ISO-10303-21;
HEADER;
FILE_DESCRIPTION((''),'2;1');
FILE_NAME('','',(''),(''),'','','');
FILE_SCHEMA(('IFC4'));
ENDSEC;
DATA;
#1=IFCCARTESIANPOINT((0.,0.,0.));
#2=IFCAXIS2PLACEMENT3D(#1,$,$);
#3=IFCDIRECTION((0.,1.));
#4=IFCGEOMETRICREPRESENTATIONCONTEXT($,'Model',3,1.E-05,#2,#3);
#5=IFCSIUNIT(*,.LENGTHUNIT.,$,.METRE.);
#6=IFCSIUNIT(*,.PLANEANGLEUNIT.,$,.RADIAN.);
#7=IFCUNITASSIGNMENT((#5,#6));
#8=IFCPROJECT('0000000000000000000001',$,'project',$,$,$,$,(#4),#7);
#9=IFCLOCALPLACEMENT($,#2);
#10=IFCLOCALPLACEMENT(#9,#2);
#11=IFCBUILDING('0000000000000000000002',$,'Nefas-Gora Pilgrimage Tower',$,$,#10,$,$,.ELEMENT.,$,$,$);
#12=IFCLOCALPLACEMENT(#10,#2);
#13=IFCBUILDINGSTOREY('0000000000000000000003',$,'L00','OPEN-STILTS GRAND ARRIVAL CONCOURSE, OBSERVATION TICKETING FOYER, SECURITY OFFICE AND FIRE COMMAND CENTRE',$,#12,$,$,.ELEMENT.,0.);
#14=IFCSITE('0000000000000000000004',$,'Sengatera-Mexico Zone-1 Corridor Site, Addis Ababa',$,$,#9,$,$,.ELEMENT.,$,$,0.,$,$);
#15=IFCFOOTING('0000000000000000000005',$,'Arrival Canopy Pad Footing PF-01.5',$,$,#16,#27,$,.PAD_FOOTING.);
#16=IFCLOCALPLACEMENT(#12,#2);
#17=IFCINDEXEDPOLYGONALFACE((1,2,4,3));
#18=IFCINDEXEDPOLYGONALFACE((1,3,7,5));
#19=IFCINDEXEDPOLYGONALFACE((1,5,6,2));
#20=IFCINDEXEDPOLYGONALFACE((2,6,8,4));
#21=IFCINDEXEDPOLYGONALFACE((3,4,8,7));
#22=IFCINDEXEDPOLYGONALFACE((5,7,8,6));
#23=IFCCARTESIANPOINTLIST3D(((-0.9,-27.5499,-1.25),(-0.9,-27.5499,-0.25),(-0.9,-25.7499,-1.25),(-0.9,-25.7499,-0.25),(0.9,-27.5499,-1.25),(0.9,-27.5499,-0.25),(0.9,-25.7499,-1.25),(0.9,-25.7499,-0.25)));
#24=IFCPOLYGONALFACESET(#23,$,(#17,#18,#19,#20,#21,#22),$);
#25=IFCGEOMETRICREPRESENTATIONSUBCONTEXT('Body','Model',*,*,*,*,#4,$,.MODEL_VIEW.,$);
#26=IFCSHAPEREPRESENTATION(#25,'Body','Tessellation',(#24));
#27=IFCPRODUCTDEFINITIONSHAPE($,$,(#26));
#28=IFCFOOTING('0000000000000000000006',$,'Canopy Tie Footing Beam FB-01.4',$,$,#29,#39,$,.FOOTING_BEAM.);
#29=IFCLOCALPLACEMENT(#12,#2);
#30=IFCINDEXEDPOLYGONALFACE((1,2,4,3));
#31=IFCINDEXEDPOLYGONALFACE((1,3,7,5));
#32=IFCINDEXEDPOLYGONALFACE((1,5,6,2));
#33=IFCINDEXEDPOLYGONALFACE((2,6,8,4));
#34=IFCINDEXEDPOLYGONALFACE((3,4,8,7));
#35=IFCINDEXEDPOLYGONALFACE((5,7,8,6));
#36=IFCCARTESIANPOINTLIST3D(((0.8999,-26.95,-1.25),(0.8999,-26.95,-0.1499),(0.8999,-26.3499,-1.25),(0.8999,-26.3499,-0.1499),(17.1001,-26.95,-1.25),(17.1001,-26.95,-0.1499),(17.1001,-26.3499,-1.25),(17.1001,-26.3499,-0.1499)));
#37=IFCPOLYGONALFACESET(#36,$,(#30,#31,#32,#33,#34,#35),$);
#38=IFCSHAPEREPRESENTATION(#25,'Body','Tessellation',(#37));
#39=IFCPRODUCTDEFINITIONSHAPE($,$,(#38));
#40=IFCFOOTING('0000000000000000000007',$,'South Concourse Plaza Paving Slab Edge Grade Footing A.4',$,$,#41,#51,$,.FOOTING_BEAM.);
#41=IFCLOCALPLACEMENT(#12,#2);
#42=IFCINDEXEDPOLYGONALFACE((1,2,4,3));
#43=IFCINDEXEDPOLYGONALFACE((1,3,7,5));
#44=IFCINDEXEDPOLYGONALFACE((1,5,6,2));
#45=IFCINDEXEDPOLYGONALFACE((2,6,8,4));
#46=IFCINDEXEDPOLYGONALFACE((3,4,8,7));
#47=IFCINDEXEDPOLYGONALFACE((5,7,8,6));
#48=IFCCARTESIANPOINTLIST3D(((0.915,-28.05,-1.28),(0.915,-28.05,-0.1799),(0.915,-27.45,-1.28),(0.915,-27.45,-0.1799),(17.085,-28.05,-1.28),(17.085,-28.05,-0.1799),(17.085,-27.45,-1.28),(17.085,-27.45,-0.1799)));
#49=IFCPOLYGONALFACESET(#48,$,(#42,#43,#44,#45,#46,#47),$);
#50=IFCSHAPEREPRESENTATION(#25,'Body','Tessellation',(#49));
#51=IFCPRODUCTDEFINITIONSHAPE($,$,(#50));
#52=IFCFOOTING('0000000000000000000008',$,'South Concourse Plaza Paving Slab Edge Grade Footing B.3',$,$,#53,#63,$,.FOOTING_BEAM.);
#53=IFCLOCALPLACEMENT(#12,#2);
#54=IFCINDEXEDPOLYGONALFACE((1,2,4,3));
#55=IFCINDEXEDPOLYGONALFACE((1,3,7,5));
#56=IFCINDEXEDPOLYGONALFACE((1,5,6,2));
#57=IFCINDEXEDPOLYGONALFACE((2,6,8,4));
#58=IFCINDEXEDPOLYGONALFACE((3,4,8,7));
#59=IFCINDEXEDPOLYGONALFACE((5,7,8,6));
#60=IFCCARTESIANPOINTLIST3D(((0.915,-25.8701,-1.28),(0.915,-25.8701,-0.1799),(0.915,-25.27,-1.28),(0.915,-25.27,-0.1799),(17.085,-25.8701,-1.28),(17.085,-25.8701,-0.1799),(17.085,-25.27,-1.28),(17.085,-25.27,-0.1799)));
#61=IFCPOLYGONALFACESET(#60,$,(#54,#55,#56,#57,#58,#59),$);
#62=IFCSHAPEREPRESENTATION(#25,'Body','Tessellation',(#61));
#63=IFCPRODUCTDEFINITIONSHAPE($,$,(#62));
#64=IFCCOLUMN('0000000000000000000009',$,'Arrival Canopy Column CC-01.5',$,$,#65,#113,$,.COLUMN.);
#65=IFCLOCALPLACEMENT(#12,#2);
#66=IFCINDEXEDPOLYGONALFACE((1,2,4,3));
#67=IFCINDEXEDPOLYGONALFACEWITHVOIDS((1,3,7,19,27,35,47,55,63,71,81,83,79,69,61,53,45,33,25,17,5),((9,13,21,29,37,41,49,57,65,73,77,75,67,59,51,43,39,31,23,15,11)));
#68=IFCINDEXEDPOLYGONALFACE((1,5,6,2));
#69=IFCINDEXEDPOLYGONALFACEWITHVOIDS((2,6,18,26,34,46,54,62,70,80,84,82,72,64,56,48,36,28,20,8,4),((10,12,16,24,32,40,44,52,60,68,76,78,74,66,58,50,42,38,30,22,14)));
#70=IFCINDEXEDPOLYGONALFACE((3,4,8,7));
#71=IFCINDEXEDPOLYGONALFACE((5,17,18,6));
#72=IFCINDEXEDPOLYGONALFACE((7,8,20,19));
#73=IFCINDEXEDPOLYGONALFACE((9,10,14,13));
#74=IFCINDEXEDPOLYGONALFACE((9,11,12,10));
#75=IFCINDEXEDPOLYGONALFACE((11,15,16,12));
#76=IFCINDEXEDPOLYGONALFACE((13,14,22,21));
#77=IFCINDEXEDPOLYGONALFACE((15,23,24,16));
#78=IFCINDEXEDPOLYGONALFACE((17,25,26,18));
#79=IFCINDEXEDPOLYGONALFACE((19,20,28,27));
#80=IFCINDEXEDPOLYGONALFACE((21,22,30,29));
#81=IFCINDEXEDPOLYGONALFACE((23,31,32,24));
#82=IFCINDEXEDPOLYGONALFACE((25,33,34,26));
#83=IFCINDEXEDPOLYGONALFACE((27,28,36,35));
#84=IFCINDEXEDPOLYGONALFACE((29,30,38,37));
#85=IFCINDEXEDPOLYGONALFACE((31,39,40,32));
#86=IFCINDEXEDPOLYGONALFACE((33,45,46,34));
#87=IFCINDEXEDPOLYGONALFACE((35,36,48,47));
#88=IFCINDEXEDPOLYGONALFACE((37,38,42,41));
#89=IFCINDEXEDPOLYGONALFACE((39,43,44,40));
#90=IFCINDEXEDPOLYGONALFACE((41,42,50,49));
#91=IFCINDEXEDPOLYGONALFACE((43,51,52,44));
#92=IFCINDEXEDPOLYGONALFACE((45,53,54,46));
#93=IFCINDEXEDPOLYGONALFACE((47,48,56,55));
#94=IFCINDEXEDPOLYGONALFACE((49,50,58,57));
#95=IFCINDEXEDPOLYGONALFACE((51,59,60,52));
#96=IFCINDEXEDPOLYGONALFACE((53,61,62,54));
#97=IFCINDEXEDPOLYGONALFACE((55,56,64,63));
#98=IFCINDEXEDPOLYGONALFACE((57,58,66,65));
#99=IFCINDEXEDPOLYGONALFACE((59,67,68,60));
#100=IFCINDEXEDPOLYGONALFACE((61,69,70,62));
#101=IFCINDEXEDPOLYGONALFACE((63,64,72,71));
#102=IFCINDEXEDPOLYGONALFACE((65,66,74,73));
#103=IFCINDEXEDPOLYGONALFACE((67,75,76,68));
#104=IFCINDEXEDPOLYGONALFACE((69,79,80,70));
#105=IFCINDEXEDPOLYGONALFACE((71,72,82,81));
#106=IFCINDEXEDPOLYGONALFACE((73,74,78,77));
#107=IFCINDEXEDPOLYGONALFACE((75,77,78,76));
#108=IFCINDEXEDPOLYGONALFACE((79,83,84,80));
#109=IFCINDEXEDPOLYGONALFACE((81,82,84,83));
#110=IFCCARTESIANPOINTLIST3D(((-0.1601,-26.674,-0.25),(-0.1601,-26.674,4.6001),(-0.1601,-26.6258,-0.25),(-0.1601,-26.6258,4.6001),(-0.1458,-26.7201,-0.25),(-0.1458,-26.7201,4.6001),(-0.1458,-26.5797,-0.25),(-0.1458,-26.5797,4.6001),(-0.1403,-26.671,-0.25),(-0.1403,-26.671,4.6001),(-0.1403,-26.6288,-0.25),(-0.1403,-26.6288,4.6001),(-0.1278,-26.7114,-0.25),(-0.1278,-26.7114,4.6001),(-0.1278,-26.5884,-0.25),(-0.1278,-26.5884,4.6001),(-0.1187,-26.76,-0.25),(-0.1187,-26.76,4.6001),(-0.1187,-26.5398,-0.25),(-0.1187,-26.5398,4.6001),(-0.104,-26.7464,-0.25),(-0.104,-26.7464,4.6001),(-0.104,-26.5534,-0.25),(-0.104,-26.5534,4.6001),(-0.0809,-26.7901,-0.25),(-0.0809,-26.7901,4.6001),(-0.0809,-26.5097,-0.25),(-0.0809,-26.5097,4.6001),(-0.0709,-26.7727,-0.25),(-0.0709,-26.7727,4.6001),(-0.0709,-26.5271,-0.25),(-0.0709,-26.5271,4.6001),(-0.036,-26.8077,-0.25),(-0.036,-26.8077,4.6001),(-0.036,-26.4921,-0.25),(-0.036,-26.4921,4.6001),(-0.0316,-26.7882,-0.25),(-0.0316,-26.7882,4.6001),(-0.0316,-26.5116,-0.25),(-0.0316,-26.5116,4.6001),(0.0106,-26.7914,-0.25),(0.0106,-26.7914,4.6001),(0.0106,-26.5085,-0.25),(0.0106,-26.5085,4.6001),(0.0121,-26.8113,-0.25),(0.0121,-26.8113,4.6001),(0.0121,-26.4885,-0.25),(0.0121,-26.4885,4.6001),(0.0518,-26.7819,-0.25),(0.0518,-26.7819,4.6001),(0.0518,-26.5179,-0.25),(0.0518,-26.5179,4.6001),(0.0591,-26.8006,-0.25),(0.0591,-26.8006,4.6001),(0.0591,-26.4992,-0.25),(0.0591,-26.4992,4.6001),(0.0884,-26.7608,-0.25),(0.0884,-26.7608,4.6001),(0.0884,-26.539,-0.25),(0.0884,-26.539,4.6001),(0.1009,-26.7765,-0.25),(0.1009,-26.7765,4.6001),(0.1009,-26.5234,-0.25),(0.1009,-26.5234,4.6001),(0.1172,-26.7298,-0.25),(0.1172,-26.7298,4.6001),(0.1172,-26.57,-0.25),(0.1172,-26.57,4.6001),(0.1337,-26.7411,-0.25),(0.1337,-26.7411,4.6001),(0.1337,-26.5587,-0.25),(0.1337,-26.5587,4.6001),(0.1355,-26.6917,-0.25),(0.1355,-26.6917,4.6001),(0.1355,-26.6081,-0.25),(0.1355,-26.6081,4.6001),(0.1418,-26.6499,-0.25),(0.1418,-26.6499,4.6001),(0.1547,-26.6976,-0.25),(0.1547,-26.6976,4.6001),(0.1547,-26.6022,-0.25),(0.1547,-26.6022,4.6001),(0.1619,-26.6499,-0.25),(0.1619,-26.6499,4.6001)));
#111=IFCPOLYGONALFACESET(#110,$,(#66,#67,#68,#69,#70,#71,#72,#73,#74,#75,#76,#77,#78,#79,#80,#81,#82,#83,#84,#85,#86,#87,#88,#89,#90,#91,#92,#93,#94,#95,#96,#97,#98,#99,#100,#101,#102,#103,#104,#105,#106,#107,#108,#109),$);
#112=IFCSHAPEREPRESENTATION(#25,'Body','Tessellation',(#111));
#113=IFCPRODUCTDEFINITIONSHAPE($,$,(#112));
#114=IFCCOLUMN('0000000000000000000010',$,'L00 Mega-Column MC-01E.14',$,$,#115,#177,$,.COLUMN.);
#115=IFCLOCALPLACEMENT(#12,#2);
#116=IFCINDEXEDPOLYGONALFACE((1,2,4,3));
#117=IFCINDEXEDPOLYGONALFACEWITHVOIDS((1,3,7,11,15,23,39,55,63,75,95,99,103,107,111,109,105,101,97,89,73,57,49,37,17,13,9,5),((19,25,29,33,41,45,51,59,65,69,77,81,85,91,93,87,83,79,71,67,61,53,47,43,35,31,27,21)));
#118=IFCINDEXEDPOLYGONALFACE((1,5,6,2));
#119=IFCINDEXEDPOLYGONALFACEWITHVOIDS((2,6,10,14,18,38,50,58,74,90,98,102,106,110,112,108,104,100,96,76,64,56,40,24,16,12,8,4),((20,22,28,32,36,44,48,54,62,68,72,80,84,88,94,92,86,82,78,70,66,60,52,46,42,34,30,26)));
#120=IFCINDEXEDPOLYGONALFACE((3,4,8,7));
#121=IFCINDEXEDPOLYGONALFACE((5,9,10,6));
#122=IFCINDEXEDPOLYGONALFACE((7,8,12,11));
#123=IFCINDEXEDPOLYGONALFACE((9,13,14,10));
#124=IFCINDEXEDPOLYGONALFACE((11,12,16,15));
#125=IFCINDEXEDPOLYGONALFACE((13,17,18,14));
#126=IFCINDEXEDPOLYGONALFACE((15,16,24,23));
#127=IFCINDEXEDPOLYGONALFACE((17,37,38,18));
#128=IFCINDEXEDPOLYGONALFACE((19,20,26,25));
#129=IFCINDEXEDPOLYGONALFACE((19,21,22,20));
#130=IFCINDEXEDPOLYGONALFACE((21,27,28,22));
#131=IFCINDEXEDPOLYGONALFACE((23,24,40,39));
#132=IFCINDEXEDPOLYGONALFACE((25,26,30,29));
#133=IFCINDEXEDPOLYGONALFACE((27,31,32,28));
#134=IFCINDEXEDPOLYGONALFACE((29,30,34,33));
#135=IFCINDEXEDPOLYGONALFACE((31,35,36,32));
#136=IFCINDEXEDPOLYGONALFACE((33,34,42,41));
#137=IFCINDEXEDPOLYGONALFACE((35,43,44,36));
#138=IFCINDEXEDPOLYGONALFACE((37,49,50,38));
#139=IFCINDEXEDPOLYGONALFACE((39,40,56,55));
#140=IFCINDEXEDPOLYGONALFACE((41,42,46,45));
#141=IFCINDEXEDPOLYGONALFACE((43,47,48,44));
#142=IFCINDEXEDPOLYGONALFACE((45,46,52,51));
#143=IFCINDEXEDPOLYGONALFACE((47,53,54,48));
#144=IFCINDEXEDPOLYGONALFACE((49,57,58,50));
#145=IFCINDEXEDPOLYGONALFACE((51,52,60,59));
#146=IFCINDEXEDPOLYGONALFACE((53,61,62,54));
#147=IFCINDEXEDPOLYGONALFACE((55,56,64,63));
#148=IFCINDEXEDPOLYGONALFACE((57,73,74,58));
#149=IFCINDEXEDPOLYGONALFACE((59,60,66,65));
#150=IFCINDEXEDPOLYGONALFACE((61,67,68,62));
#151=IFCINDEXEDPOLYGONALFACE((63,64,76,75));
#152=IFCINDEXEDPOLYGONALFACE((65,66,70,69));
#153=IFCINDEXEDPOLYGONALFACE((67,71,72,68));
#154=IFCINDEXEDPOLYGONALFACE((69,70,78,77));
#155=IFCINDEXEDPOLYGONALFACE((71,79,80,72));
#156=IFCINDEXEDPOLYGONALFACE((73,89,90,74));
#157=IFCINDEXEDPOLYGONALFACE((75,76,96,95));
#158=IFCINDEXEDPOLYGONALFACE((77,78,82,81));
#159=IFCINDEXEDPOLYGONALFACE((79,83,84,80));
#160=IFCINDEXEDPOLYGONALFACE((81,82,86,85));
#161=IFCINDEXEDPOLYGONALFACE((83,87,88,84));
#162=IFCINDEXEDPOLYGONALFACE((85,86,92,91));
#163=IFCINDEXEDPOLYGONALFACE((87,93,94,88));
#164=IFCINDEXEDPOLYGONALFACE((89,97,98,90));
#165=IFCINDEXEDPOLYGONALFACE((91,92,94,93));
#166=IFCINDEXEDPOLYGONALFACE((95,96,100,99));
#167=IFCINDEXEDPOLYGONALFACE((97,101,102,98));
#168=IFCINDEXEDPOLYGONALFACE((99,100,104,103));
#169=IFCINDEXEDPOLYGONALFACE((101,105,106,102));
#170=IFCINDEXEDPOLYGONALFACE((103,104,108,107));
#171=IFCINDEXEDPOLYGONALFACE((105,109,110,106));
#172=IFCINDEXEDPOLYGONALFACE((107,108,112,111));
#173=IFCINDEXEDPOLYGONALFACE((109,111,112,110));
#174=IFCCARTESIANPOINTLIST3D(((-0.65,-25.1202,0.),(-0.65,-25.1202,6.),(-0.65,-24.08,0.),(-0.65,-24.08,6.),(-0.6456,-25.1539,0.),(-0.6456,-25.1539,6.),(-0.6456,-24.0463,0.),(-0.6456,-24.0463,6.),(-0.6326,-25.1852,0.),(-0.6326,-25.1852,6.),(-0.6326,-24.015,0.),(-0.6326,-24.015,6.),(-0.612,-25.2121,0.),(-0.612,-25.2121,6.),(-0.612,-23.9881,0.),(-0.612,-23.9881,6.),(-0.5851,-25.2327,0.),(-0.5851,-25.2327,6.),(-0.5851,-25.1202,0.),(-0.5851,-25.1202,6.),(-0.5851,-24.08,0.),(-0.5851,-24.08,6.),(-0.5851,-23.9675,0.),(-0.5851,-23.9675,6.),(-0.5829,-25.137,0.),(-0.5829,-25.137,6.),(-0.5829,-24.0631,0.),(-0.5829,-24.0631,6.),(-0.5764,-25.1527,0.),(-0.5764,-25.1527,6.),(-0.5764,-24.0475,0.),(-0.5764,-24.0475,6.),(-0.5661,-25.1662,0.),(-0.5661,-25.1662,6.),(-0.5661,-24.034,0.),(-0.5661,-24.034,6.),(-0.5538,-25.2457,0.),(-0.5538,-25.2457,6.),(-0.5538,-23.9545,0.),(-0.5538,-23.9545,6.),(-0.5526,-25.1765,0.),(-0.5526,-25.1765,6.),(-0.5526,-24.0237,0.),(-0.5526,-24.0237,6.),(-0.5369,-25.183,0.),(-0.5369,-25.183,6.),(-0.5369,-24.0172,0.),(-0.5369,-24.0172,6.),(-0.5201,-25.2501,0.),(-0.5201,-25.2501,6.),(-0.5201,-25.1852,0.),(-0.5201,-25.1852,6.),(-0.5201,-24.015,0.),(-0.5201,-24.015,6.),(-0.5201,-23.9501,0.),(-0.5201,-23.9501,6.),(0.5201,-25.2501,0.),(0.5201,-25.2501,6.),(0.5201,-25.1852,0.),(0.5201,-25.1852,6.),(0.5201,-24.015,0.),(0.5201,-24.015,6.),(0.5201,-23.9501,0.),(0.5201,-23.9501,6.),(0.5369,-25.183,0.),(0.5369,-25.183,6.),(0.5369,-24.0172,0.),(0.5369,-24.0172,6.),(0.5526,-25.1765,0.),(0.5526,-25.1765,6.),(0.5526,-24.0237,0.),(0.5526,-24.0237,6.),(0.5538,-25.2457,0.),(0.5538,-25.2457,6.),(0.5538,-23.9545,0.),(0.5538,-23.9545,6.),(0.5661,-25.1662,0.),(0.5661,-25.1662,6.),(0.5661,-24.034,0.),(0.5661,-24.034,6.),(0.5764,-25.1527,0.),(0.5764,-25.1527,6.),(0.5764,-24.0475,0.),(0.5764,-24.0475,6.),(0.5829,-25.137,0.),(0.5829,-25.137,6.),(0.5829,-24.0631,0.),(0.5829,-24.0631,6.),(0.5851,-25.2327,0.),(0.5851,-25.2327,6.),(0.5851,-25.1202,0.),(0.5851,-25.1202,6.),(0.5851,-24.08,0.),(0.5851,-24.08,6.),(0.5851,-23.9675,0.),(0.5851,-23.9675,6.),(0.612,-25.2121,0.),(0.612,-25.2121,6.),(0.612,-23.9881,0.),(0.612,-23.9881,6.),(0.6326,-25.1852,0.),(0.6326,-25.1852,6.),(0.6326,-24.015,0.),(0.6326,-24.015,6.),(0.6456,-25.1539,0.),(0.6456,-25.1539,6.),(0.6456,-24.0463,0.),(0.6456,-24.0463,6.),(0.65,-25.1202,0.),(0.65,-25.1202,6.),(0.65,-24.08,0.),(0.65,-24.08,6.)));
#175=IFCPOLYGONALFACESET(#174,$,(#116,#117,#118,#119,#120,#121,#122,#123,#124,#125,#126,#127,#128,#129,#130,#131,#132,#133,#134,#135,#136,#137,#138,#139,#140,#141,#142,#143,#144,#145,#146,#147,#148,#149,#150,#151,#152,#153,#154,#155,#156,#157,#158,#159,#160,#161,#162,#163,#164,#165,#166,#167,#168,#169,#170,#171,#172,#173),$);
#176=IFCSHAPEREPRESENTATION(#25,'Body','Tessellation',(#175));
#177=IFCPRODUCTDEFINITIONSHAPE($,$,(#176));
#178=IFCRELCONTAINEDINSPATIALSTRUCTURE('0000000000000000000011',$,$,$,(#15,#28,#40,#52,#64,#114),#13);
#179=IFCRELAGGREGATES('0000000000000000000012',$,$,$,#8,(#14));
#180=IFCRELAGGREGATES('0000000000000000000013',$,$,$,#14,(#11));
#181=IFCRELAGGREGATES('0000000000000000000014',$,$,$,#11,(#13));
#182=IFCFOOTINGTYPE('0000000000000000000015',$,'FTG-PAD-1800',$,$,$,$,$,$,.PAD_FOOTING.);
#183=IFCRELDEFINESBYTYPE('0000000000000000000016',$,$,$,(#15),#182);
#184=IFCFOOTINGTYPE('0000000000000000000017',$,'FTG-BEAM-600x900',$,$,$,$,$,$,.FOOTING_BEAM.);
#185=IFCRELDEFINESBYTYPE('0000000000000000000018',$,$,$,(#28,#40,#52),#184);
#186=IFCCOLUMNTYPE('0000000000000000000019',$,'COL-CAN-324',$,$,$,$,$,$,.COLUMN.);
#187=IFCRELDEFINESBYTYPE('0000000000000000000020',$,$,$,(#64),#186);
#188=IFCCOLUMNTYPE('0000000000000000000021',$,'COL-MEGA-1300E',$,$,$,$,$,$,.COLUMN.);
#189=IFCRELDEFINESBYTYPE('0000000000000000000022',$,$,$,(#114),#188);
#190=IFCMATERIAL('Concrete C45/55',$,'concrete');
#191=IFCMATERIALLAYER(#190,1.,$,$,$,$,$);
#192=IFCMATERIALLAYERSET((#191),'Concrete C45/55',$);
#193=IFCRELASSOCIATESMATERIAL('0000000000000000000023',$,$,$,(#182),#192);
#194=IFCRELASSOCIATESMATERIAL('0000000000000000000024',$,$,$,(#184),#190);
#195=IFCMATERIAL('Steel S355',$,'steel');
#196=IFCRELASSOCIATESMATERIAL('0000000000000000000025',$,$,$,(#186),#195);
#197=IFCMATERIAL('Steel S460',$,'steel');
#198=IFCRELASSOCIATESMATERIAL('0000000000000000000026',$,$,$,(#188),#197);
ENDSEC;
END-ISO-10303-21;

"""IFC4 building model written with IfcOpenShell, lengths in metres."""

from ifc_helpers import new_model, si_unit, direction, frame, origin, origin_2d, place, context, subcontext, project, spatial, rectangle, hollow_rectangle, hollow_circle, extrude, source, transform, mapped, material, layer, layer_set, material_profile, profile_set, type_object, element, save


model = new_model("IFC4")

# Units and contexts
model_context = context("Model", 3, precision=1e-05, world=origin(), true_north=direction((0.0, 1.0)))
body_context = subcontext(model_context, "Body", "Model", "MODEL_VIEW")
ifc_project = project(units=[si_unit("LENGTHUNIT", "METRE"), si_unit("PLANEANGLEUNIT", "RADIAN")], contexts=[model_context])

# Site, building, storey
site_placement = place(None, origin())
site = spatial("IfcSite", under=ifc_project, at=site_placement, Name="Sengatera-Mexico Zone-1 Corridor Site, Addis Ababa", CompositionType="ELEMENT", RefElevation=0.0)
building_placement = place(site_placement, origin())
building = spatial("IfcBuilding", under=site, at=building_placement, Name="Nefas-Gora Pilgrimage Tower", CompositionType="ELEMENT")
storey_placement = place(building_placement, origin())
storey = spatial("IfcBuildingStorey", under=building, at=storey_placement, Name="L00", Description="OPEN-STILTS GRAND ARRIVAL CONCOURSE, OBSERVATION TICKETING FOYER, SECURITY OFFICE AND FIRE COMMAND CENTRE", CompositionType="ELEMENT", Elevation=0.0)

# Footings
ifc_material_1 = material(Name="Concrete C45/55", Category="concrete")
ifc_layer_1 = layer(ifc_material_1, 1.0)
ifc_layer_set_1 = layer_set([ifc_layer_1], Name="Concrete C45/55")
footing_type_1 = type_object("IfcFootingType", Name="FTG-PAD-1800", PredefinedType="PAD_FOOTING", material=ifc_layer_set_1)
shared_shape_1 = source(origin(), body_context, "Body", "SweptSolid", [
    extrude(rectangle(XDim=1.8, YDim=1.8, at=origin_2d()), origin(), (0.0, 0.0, 1.0), 1.0),
])
footing_1_placement = place(storey_placement, frame((0.0, -26.6499, -1.25), z_axis=(0.0, 0.0, 1.0), x_axis=(1.0, 0.0, 0.0)))
element("IfcFooting", 1, at=footing_1_placement, inside=storey, type_object=footing_type_1, Name="Arrival Canopy Pad Footing PF-01.5", PredefinedType="PAD_FOOTING", context=body_context, shape_type="MappedRepresentation", body=[
    mapped(shared_shape_1, transform((0.0, 0.0, 0.0), x_axis=(1.0, 0.0, 0.0), y_axis=(0.0, 1.0, 0.0), z_axis=(0.0, 0.0, 1.0), scale=1.0)),
])
ifc_material_profile_1 = material_profile(ifc_material_1, rectangle(XDim=0.6001, YDim=1.1001, at=origin_2d()), Name="RC 600x1100")
ifc_profile_set_1 = profile_set([ifc_material_profile_1], Name="Concrete C45/55")
footing_type_2 = type_object("IfcFootingType", Name="FTG-BEAM-600x900", PredefinedType="FOOTING_BEAM", material=ifc_profile_set_1)
shared_shape_2 = source(origin(), body_context, "Body", "SweptSolid", [
    extrude(rectangle(XDim=0.6001, YDim=1.1001, at=origin_2d()), origin(), (0.0, 0.0, 1.0), 16.2002),
])
footing_2_placement = place(storey_placement, frame((0.8999, -26.6499, -0.7), z_axis=(1.0, 0.0, 0.0), x_axis=(0.0, 1.0, 0.0)))
element("IfcFooting", 2, at=footing_2_placement, inside=storey, type_object=footing_type_2, Name="Canopy Tie Footing Beam FB-01.4", PredefinedType="FOOTING_BEAM", context=body_context, shape_type="MappedRepresentation", body=[
    mapped(shared_shape_2, transform((0.0, 0.0, 0.0), x_axis=(1.0, 0.0, 0.0), y_axis=(0.0, 1.0, 0.0), z_axis=(0.0, 0.0, 1.0), scale=1.0)),
])
shared_shape_3 = source(origin(), body_context, "Body", "SweptSolid", [
    extrude(rectangle(XDim=0.6001, YDim=1.1001, at=origin_2d()), origin(), (0.0, 0.0, 1.0), 16.1699),
])
for number, where, z_axis, x_axis, name in (
    (3, (0.915, -27.75, -0.73), (1.0, 0.0, 0.0), (0.0, 1.0, 0.0), "South Concourse Plaza Paving Slab Edge Grade Footing A.4"),
    (4, (0.915, -25.5701, -0.73), (1.0, 0.0, 0.0), (0.0, 1.0, 0.0), "South Concourse Plaza Paving Slab Edge Grade Footing B.3"),
):
    element("IfcFooting", number, at=place(storey_placement, frame(where, z_axis=z_axis, x_axis=x_axis)), inside=storey, type_object=footing_type_2, Name=name, PredefinedType="FOOTING_BEAM", context=body_context, shape_type="MappedRepresentation", body=[
        mapped(shared_shape_3, transform((0.0, 0.0, 0.0), x_axis=(1.0, 0.0, 0.0), y_axis=(0.0, 1.0, 0.0), z_axis=(0.0, 0.0, 1.0), scale=1.0)),
    ])

# Columns
ifc_material_2 = material(Name="Steel S355", Category="steel")
ifc_material_profile_2 = material_profile(ifc_material_2, hollow_circle(Radius=0.1619, WallThickness=0.02, at=origin_2d()), Name="CHS 323.9x20")
ifc_profile_set_2 = profile_set([ifc_material_profile_2], Name="Steel S355")
column_type_1 = type_object("IfcColumnType", Name="COL-CAN-324", PredefinedType="COLUMN", material=ifc_profile_set_2)
shared_shape_4 = source(origin(), body_context, "Body", "SweptSolid", [
    extrude(hollow_circle(Radius=0.1619, WallThickness=0.02, at=origin_2d()), origin(), (0.0, 0.0, 1.0), 4.8501),
])
column_placement = place(storey_placement, frame((0.0, -26.6499, -0.25), z_axis=(0.0, 0.0, 1.0), x_axis=(1.0, 0.0, 0.0)))
element("IfcColumn", 5, at=column_placement, inside=storey, type_object=column_type_1, Name="Arrival Canopy Column CC-01.5", PredefinedType="COLUMN", context=body_context, shape_type="MappedRepresentation", body=[
    mapped(shared_shape_4, transform((0.0, 0.0, 0.0), x_axis=(1.0, 0.0, 0.0), y_axis=(0.0, 1.0, 0.0), z_axis=(0.0, 0.0, 1.0), scale=1.0)),
])
ifc_material_3 = material(Name="Steel S460", Category="steel")
ifc_material_profile_3 = material_profile(ifc_material_3, hollow_rectangle(XDim=1.3, YDim=1.3, WallThickness=0.0649, InnerFilletRadius=0.0649, OuterFilletRadius=0.1299, at=origin_2d()), Name="BOX 1300x1300x65")
ifc_profile_set_3 = profile_set([ifc_material_profile_3], Name="Steel S460")
column_type_2 = type_object("IfcColumnType", Name="COL-MEGA-1300E", PredefinedType="COLUMN", material=ifc_profile_set_3)
shared_shape_5 = source(origin(), body_context, "Body", "SweptSolid", [
    extrude(hollow_rectangle(XDim=1.3, YDim=1.3, WallThickness=0.0649, InnerFilletRadius=0.0649, OuterFilletRadius=0.1299, at=origin_2d()), origin(), (0.0, 0.0, 1.0), 6.0),
])
for number, where, z_axis, x_axis, name in (
    (6, (0.0, -24.6001, 0.0), (0.0, 0.0, 1.0), (1.0, 0.0, 0.0), "L00 Mega-Column MC-01E.14"),
):
    element("IfcColumn", number, at=place(storey_placement, frame(where, z_axis=z_axis, x_axis=x_axis)), inside=storey, type_object=column_type_2, Name=name, PredefinedType="COLUMN", context=body_context, shape_type="MappedRepresentation", body=[
        mapped(shared_shape_5, transform((0.0, 0.0, 0.0), x_axis=(1.0, 0.0, 0.0), y_axis=(0.0, 1.0, 0.0), z_axis=(0.0, 0.0, 1.0), scale=1.0)),
    ])

save(model, "model.ifc")
